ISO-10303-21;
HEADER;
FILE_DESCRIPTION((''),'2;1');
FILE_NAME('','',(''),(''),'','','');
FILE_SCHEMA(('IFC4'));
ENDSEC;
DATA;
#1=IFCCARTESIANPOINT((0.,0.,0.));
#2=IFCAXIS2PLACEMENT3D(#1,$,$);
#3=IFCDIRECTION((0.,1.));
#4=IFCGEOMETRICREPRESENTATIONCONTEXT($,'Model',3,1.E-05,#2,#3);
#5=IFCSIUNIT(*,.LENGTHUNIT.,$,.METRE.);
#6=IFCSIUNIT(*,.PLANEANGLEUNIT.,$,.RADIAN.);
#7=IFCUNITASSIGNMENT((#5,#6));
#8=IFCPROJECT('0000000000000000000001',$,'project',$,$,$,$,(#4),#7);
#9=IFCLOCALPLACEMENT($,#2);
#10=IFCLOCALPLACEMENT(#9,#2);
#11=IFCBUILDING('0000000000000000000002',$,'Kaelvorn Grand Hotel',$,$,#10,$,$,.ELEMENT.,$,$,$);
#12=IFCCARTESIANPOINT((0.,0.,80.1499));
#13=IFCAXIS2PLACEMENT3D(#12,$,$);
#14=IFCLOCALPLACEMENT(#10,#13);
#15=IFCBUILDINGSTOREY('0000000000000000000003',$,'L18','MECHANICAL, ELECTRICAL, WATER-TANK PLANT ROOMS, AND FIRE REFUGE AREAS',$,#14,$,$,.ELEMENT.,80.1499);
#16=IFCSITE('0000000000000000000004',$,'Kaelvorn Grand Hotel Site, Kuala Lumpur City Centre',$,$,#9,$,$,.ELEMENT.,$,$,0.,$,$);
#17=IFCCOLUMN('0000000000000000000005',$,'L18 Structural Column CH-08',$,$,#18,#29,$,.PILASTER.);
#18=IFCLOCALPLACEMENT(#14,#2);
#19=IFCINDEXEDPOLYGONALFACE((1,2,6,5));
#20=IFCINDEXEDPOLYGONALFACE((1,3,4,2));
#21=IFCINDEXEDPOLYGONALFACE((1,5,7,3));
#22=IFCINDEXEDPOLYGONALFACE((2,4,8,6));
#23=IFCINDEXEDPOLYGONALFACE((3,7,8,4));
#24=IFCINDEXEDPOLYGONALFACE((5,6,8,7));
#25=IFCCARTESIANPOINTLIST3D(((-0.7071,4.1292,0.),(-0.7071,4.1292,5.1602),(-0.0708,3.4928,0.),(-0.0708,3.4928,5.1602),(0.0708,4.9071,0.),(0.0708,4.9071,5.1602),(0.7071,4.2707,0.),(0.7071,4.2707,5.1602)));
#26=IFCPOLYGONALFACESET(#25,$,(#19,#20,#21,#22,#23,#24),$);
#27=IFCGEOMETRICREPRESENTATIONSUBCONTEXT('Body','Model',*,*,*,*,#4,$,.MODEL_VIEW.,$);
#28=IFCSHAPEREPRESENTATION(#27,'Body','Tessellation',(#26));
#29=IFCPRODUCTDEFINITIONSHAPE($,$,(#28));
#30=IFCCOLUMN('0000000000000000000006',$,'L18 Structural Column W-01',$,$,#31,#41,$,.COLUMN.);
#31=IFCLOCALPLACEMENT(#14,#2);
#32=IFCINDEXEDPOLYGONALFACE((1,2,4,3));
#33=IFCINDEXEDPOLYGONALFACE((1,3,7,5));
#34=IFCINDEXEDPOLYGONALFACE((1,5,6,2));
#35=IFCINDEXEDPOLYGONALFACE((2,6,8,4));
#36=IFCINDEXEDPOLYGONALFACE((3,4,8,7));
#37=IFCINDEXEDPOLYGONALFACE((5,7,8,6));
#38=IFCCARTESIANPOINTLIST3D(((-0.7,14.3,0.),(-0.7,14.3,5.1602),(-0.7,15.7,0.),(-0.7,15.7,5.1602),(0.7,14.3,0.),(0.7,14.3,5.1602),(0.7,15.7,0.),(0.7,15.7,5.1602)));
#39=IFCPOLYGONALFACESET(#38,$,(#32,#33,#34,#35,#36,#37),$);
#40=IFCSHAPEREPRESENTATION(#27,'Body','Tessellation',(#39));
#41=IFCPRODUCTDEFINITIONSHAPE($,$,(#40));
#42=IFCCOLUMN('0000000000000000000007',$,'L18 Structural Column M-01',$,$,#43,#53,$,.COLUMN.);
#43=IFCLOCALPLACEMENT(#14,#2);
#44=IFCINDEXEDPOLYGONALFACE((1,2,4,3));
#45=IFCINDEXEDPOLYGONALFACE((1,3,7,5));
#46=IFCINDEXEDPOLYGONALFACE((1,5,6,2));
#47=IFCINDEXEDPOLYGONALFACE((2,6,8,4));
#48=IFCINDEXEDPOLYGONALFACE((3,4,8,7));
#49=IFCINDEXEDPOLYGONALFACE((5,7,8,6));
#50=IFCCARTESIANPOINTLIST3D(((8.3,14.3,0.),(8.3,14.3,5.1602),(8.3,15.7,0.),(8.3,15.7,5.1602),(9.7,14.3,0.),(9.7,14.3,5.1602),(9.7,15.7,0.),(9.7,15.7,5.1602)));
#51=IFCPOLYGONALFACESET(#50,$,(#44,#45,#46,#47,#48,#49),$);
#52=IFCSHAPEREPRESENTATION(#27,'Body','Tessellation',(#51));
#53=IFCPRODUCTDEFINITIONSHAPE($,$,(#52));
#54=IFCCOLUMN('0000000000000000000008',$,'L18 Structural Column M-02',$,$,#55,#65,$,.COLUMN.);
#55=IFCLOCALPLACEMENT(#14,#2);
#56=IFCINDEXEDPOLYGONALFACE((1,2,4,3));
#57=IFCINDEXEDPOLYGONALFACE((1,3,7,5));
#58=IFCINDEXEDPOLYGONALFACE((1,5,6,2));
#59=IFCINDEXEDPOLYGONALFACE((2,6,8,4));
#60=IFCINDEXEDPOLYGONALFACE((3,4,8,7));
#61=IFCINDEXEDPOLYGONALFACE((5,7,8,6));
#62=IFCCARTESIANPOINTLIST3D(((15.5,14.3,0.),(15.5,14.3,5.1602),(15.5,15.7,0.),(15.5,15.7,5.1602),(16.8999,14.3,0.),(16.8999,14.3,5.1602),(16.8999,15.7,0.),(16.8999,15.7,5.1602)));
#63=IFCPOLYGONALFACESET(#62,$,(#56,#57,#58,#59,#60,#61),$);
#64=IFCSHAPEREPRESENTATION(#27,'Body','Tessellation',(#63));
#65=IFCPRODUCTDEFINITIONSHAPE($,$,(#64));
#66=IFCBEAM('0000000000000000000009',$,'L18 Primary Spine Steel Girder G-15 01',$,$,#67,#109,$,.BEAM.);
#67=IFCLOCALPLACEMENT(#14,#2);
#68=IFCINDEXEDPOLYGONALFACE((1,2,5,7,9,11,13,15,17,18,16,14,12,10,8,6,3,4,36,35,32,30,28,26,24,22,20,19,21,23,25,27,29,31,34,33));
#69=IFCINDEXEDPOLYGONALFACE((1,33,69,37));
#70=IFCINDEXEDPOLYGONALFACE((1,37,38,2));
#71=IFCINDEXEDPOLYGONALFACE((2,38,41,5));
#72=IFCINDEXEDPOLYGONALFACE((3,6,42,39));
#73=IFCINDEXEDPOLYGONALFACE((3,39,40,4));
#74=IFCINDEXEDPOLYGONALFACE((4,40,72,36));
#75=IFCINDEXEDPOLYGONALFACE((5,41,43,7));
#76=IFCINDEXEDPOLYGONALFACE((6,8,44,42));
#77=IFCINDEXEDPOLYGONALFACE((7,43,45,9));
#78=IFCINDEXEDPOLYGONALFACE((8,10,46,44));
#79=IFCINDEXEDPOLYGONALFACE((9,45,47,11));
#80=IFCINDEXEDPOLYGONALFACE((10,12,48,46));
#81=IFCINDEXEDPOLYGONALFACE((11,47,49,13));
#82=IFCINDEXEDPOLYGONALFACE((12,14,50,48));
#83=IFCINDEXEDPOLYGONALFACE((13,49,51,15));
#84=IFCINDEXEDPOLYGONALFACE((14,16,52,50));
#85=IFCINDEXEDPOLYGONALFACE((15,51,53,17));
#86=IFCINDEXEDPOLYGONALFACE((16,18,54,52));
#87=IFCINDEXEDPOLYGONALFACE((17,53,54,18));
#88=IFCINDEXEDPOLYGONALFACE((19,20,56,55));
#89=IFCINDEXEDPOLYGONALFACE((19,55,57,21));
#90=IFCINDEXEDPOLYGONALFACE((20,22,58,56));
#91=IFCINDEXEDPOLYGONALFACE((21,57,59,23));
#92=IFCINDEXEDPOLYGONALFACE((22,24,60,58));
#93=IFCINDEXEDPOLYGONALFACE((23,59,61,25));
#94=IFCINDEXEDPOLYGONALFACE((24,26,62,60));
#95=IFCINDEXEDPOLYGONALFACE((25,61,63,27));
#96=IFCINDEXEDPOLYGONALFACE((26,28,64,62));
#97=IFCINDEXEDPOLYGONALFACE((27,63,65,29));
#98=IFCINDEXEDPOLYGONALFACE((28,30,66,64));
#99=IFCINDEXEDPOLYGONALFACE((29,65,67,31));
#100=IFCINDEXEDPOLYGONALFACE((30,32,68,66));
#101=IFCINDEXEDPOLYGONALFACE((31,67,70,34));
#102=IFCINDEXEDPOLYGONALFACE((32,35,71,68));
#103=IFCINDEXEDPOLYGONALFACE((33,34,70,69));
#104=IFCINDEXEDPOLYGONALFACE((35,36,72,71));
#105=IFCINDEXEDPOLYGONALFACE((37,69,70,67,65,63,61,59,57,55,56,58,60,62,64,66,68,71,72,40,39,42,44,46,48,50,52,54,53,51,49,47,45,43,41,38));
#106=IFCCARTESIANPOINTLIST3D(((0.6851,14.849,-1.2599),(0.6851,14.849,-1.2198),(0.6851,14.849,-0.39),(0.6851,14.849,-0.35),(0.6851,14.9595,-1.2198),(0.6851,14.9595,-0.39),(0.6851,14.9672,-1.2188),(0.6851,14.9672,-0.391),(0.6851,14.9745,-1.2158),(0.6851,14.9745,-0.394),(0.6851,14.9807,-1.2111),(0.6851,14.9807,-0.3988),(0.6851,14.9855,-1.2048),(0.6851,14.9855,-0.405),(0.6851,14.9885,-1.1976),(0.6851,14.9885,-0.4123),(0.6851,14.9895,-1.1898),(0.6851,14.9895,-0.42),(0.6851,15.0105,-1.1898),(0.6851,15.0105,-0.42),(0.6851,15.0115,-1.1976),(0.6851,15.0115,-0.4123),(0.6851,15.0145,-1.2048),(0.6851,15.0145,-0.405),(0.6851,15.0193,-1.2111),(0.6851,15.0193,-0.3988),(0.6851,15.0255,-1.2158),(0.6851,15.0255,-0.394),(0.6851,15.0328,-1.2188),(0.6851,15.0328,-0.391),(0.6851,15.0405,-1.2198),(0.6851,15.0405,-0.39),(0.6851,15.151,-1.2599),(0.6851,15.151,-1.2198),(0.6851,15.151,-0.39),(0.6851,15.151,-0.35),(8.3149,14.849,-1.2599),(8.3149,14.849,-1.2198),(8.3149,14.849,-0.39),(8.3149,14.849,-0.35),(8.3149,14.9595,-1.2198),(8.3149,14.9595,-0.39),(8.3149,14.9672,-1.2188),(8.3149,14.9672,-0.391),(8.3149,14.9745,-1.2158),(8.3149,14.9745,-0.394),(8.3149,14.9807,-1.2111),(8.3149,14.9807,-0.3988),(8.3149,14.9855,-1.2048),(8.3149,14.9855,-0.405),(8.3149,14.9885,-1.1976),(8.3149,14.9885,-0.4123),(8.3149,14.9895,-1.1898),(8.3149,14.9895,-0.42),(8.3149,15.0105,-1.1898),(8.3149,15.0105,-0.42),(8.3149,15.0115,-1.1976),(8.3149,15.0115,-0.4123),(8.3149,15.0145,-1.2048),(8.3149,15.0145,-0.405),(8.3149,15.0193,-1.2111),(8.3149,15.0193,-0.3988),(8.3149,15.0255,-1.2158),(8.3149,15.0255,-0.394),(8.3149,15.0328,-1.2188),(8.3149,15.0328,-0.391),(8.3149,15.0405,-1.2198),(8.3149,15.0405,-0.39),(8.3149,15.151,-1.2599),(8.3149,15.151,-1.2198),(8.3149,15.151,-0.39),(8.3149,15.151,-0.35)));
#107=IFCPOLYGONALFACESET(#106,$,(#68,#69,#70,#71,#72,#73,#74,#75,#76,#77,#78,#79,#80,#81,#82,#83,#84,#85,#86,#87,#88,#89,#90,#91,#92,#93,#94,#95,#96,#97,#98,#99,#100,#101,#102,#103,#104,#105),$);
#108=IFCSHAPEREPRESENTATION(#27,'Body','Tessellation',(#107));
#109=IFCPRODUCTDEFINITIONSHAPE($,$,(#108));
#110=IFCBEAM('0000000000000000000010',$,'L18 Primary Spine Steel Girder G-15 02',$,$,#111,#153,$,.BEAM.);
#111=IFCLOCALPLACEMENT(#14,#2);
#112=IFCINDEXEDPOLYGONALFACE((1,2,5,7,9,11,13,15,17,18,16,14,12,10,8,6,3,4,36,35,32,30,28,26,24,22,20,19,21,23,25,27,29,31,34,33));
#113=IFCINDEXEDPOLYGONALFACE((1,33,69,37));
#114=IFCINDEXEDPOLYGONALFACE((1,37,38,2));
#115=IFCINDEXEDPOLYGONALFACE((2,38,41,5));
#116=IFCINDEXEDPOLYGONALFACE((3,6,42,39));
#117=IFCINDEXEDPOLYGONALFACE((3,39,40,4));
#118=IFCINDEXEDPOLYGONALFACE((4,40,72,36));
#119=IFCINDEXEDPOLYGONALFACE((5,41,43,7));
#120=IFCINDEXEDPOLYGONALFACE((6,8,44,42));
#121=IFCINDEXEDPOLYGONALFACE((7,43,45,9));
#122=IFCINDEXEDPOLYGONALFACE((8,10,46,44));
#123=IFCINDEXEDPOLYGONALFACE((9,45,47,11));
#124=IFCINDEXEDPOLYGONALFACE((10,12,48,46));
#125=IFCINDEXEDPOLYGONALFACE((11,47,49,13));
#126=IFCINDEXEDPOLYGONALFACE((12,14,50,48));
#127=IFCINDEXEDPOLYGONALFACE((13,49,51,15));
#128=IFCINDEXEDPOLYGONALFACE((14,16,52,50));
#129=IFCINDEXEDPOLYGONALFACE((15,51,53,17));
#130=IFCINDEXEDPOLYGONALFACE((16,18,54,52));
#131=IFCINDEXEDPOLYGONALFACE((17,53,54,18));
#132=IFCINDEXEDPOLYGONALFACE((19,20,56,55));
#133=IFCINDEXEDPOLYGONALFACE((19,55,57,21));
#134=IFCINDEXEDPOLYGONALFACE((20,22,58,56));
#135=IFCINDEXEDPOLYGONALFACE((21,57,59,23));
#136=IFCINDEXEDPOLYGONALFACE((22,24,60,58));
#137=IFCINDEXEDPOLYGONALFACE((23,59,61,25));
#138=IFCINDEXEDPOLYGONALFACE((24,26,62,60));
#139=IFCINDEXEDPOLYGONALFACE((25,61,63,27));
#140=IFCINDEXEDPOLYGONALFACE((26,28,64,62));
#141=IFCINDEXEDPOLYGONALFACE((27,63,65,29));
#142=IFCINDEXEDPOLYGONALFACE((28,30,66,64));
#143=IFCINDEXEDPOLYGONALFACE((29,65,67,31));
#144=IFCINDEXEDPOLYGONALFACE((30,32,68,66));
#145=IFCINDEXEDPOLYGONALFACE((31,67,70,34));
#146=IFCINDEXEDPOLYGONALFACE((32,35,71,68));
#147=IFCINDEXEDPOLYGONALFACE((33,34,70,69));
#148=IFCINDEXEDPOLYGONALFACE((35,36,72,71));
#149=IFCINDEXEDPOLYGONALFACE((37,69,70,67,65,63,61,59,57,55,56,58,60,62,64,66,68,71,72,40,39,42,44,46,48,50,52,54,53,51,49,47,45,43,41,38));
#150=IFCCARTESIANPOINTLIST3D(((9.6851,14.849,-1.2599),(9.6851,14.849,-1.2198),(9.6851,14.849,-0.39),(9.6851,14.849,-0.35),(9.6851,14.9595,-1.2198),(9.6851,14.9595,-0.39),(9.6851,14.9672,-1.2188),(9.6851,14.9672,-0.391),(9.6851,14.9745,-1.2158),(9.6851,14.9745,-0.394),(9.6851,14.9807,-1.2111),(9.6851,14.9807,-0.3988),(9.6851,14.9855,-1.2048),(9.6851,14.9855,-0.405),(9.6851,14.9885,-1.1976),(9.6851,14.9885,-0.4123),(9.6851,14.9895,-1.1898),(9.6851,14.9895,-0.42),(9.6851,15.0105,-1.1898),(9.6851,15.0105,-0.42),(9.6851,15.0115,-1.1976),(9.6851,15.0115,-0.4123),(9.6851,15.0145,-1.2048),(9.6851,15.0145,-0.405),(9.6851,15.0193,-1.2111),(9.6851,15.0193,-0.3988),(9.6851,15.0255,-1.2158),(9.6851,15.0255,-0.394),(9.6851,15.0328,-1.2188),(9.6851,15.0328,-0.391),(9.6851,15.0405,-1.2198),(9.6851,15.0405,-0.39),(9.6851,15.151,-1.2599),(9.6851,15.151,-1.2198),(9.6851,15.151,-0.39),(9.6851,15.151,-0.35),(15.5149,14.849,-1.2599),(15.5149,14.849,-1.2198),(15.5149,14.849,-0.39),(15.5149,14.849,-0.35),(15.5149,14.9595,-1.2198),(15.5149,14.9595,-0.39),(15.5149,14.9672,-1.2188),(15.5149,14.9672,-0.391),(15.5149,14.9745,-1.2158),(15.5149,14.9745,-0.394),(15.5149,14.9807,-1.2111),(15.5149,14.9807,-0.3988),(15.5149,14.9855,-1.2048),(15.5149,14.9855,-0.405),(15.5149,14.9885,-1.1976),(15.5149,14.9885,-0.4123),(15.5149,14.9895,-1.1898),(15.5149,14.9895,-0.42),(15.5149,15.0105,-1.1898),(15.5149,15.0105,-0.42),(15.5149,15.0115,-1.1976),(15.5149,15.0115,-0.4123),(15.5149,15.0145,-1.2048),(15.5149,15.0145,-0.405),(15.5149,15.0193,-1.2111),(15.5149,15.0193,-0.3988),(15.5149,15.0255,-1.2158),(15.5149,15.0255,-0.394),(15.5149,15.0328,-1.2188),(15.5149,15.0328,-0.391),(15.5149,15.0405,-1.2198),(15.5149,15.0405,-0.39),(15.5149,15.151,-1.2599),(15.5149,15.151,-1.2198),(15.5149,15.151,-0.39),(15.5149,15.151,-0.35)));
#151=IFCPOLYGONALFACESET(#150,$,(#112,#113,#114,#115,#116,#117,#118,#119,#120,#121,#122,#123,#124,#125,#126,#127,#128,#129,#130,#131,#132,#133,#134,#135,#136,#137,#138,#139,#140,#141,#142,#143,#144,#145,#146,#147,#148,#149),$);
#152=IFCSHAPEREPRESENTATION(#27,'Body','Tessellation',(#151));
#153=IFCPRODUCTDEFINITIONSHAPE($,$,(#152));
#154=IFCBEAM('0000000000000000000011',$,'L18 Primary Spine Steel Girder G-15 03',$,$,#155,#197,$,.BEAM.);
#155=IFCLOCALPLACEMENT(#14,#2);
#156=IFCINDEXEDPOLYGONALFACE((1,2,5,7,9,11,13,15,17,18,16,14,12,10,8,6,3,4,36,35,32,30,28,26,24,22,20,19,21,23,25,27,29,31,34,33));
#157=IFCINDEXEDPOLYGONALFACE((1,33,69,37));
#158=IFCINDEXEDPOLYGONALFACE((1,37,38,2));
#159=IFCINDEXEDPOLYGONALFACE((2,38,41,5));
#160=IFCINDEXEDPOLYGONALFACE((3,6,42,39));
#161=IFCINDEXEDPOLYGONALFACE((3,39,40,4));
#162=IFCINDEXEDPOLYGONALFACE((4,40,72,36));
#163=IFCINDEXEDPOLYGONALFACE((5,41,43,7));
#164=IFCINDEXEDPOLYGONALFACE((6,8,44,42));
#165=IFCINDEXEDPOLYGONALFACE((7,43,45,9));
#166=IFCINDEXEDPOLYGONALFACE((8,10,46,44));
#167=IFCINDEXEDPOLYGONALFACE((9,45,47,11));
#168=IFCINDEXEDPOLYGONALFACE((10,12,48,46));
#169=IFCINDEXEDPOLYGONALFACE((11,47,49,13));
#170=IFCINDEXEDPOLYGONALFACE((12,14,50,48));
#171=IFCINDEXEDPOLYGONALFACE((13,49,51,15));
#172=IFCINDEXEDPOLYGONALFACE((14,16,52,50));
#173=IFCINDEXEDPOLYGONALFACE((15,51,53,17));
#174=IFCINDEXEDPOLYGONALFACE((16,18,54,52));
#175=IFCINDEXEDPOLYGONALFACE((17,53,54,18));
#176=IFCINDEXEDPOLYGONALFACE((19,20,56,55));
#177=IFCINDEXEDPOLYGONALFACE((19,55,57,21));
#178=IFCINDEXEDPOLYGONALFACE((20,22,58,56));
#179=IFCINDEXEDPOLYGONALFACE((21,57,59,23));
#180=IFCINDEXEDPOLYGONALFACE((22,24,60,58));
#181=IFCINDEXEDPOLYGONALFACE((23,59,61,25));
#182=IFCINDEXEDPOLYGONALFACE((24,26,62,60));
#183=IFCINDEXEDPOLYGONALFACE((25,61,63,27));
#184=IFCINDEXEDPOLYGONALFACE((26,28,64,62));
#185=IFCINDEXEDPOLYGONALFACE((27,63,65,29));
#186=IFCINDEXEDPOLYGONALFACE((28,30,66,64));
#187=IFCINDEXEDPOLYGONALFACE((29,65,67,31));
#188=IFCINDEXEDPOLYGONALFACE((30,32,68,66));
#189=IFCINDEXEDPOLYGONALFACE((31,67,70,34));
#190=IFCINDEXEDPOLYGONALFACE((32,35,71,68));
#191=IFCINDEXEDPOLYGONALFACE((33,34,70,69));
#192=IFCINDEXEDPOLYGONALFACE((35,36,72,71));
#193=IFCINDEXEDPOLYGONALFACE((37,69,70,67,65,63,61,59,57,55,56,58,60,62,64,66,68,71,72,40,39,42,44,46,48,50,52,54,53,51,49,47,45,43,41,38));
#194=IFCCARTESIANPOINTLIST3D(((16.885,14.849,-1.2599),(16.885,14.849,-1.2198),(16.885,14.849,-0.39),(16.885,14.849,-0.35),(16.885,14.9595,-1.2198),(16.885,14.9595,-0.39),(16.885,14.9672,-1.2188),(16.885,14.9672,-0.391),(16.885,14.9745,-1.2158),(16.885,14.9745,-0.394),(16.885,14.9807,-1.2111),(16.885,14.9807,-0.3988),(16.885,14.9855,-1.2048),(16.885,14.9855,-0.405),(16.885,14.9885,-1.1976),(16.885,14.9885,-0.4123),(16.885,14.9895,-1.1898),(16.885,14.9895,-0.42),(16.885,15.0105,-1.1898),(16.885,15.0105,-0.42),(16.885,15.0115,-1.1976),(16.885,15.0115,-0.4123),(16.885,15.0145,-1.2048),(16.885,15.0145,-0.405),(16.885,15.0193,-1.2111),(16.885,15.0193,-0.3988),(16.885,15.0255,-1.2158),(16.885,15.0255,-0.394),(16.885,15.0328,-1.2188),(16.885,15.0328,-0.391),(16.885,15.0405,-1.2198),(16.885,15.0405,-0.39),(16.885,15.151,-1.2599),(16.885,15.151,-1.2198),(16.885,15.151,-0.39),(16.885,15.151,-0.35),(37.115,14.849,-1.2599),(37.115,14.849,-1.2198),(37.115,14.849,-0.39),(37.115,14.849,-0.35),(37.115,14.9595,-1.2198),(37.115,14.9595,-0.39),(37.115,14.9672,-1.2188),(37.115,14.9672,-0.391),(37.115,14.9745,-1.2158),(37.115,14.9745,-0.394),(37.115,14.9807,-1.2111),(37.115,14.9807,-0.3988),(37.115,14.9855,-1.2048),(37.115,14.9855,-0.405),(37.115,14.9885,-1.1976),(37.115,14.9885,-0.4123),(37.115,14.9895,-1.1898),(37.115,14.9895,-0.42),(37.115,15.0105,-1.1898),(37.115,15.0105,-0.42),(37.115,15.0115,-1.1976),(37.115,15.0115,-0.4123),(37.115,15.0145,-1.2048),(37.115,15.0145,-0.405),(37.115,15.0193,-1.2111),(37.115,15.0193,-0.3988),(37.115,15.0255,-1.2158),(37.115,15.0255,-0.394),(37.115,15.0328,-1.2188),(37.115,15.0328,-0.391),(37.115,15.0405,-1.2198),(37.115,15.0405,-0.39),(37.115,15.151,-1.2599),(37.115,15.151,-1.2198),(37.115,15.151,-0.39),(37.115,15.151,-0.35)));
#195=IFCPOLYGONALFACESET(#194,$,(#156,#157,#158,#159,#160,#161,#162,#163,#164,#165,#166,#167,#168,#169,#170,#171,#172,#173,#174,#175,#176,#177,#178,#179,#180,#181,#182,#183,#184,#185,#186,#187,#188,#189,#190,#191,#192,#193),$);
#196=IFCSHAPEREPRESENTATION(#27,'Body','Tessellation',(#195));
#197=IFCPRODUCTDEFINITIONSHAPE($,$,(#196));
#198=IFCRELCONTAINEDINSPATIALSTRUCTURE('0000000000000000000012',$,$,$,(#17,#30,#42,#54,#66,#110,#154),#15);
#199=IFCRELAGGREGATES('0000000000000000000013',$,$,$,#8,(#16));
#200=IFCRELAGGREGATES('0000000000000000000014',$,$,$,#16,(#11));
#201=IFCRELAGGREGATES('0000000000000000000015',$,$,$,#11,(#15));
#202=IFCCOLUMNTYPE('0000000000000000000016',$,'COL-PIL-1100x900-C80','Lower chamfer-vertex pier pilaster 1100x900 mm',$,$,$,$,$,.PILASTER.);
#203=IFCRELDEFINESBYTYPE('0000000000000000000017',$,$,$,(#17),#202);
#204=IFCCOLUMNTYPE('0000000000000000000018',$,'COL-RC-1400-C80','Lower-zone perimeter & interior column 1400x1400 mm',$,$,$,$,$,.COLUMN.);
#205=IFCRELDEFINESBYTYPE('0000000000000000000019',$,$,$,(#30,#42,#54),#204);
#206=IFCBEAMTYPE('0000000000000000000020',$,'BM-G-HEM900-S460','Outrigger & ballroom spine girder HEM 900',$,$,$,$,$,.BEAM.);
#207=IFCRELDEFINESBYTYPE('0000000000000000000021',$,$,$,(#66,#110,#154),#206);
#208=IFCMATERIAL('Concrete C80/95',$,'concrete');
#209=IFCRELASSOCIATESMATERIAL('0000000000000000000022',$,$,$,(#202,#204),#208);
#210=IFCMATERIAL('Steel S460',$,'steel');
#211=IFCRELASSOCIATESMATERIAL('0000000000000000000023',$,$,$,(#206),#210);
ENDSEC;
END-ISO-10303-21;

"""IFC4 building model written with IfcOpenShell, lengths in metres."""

from ifc_helpers import new_model, si_unit, direction, frame, origin, origin_2d, place, context, subcontext, project, spatial, rectangle, i_section, extrude, material, material_profile, profile_set, type_object, element, save


model = new_model("IFC4")

# Units and contexts
model_context = context("Model", 3, precision=1e-05, world=origin(), true_north=direction((0.0, 1.0)))
body_context = subcontext(model_context, "Body", "Model", "MODEL_VIEW")
ifc_project = project(units=[si_unit("LENGTHUNIT", "METRE"), si_unit("PLANEANGLEUNIT", "RADIAN")], contexts=[model_context])

# Site, building, storey
site_placement = place(None, origin())
site = spatial("IfcSite", under=ifc_project, at=site_placement, Name="Kaelvorn Grand Hotel Site, Kuala Lumpur City Centre", CompositionType="ELEMENT", RefElevation=0.0)
building_placement = place(site_placement, origin())
building = spatial("IfcBuilding", under=site, at=building_placement, Name="Kaelvorn Grand Hotel", CompositionType="ELEMENT")
storey_placement = place(building_placement, frame((0.0, 0.0, 80.1499)))
storey = spatial("IfcBuildingStorey", under=building, at=storey_placement, Name="L18", Description="MECHANICAL, ELECTRICAL, WATER-TANK PLANT ROOMS, AND FIRE REFUGE AREAS", CompositionType="ELEMENT", Elevation=80.1499)

# Columns
ifc_material_1 = material(Name="Concrete C80/95", Category="concrete")
ifc_material_profile_1 = material_profile(ifc_material_1, rectangle(XDim=1.1001, YDim=0.8999, at=origin_2d()), Name="RC PILASTER 1100x900")
ifc_profile_set_1 = profile_set([ifc_material_profile_1], Name="Concrete C80/95")
column_type_1 = type_object("IfcColumnType", Name="COL-PIL-1100x900-C80", Description="Lower chamfer-vertex pier pilaster 1100x900 mm", PredefinedType="PILASTER", material=ifc_profile_set_1)
column_placement = place(storey_placement, frame((0.0, 4.2, 0.0), z_axis=(0.0, 0.0, 1.0), x_axis=(0.707107, 0.707107, 0.0)))
element("IfcColumn", 1, at=column_placement, inside=storey, type_object=column_type_1, Name="L18 Structural Column CH-08", PredefinedType="PILASTER", context=body_context, shape_type="SweptSolid", body=[
    extrude(rectangle(XDim=1.1001, YDim=0.8999, at=origin_2d()), origin(), (0.0, 0.0, 1.0), 5.1602),
])
ifc_material_profile_2 = material_profile(ifc_material_1, rectangle(XDim=1.3999, YDim=1.3999, at=origin_2d()), Name="RC COL 1400x1400")
ifc_profile_set_2 = profile_set([ifc_material_profile_2], Name="Concrete C80/95")
column_type_2 = type_object("IfcColumnType", Name="COL-RC-1400-C80", Description="Lower-zone perimeter & interior column 1400x1400 mm", PredefinedType="COLUMN", material=ifc_profile_set_2)
for number, where, z_axis, x_axis, name in (
    (2, (0.0, 15.0, 0.0), (0.0, 0.0, 1.0), (1.0, 0.0, 0.0), "L18 Structural Column W-01"),
    (3, (9.0, 15.0, 0.0), (0.0, 0.0, 1.0), (1.0, 0.0, 0.0), "L18 Structural Column M-01"),
    (4, (16.2, 15.0, 0.0), (0.0, 0.0, 1.0), (1.0, 0.0, 0.0), "L18 Structural Column M-02"),
):
    element("IfcColumn", number, at=place(storey_placement, frame(where, z_axis=z_axis, x_axis=x_axis)), inside=storey, type_object=column_type_2, Name=name, PredefinedType="COLUMN", context=body_context, shape_type="SweptSolid", body=[
        extrude(rectangle(XDim=1.3999, YDim=1.3999, at=origin_2d()), origin(), (0.0, 0.0, 1.0), 5.1602),
    ])

# Beams
ifc_material_2 = material(Name="Steel S460", Category="steel")
ifc_material_profile_3 = material_profile(ifc_material_2, i_section(OverallWidth=0.302, OverallDepth=0.9099, WebThickness=0.021, FlangeThickness=0.04, FilletRadius=0.03, at=origin_2d()), Name="HEM 900")
ifc_profile_set_3 = profile_set([ifc_material_profile_3], Name="Steel S460")
beam_type_1 = type_object("IfcBeamType", Name="BM-G-HEM900-S460", Description="Outrigger & ballroom spine girder HEM 900", PredefinedType="BEAM", material=ifc_profile_set_3)
beam_1_placement = place(storey_placement, frame((0.6851, 15.0, -0.8049), z_axis=(1.0, 0.0, 0.0), x_axis=(0.0, 1.0, 0.0)))
element("IfcBeam", 5, at=beam_1_placement, inside=storey, type_object=beam_type_1, Name="L18 Primary Spine Steel Girder G-15 01", PredefinedType="BEAM", context=body_context, shape_type="SweptSolid", body=[
    extrude(i_section(OverallWidth=0.302, OverallDepth=0.9099, WebThickness=0.021, FlangeThickness=0.04, FilletRadius=0.03, at=origin_2d()), origin(), (0.0, 0.0, 1.0), 7.6299),
])
beam_2_placement = place(storey_placement, frame((9.6851, 15.0, -0.8049), z_axis=(1.0, 0.0, 0.0), x_axis=(0.0, 1.0, 0.0)))
element("IfcBeam", 6, at=beam_2_placement, inside=storey, type_object=beam_type_1, Name="L18 Primary Spine Steel Girder G-15 02", PredefinedType="BEAM", context=body_context, shape_type="SweptSolid", body=[
    extrude(i_section(OverallWidth=0.302, OverallDepth=0.9099, WebThickness=0.021, FlangeThickness=0.04, FilletRadius=0.03, at=origin_2d()), origin(), (0.0, 0.0, 1.0), 5.8298),
])
beam_3_placement = place(storey_placement, frame((16.885, 15.0, -0.8049), z_axis=(1.0, 0.0, 0.0), x_axis=(0.0, 1.0, 0.0)))
element("IfcBeam", 7, at=beam_3_placement, inside=storey, type_object=beam_type_1, Name="L18 Primary Spine Steel Girder G-15 03", PredefinedType="BEAM", context=body_context, shape_type="SweptSolid", body=[
    extrude(i_section(OverallWidth=0.302, OverallDepth=0.9099, WebThickness=0.021, FlangeThickness=0.04, FilletRadius=0.03, at=origin_2d()), origin(), (0.0, 0.0, 1.0), 20.23),
])

save(model, "model.ifc")
